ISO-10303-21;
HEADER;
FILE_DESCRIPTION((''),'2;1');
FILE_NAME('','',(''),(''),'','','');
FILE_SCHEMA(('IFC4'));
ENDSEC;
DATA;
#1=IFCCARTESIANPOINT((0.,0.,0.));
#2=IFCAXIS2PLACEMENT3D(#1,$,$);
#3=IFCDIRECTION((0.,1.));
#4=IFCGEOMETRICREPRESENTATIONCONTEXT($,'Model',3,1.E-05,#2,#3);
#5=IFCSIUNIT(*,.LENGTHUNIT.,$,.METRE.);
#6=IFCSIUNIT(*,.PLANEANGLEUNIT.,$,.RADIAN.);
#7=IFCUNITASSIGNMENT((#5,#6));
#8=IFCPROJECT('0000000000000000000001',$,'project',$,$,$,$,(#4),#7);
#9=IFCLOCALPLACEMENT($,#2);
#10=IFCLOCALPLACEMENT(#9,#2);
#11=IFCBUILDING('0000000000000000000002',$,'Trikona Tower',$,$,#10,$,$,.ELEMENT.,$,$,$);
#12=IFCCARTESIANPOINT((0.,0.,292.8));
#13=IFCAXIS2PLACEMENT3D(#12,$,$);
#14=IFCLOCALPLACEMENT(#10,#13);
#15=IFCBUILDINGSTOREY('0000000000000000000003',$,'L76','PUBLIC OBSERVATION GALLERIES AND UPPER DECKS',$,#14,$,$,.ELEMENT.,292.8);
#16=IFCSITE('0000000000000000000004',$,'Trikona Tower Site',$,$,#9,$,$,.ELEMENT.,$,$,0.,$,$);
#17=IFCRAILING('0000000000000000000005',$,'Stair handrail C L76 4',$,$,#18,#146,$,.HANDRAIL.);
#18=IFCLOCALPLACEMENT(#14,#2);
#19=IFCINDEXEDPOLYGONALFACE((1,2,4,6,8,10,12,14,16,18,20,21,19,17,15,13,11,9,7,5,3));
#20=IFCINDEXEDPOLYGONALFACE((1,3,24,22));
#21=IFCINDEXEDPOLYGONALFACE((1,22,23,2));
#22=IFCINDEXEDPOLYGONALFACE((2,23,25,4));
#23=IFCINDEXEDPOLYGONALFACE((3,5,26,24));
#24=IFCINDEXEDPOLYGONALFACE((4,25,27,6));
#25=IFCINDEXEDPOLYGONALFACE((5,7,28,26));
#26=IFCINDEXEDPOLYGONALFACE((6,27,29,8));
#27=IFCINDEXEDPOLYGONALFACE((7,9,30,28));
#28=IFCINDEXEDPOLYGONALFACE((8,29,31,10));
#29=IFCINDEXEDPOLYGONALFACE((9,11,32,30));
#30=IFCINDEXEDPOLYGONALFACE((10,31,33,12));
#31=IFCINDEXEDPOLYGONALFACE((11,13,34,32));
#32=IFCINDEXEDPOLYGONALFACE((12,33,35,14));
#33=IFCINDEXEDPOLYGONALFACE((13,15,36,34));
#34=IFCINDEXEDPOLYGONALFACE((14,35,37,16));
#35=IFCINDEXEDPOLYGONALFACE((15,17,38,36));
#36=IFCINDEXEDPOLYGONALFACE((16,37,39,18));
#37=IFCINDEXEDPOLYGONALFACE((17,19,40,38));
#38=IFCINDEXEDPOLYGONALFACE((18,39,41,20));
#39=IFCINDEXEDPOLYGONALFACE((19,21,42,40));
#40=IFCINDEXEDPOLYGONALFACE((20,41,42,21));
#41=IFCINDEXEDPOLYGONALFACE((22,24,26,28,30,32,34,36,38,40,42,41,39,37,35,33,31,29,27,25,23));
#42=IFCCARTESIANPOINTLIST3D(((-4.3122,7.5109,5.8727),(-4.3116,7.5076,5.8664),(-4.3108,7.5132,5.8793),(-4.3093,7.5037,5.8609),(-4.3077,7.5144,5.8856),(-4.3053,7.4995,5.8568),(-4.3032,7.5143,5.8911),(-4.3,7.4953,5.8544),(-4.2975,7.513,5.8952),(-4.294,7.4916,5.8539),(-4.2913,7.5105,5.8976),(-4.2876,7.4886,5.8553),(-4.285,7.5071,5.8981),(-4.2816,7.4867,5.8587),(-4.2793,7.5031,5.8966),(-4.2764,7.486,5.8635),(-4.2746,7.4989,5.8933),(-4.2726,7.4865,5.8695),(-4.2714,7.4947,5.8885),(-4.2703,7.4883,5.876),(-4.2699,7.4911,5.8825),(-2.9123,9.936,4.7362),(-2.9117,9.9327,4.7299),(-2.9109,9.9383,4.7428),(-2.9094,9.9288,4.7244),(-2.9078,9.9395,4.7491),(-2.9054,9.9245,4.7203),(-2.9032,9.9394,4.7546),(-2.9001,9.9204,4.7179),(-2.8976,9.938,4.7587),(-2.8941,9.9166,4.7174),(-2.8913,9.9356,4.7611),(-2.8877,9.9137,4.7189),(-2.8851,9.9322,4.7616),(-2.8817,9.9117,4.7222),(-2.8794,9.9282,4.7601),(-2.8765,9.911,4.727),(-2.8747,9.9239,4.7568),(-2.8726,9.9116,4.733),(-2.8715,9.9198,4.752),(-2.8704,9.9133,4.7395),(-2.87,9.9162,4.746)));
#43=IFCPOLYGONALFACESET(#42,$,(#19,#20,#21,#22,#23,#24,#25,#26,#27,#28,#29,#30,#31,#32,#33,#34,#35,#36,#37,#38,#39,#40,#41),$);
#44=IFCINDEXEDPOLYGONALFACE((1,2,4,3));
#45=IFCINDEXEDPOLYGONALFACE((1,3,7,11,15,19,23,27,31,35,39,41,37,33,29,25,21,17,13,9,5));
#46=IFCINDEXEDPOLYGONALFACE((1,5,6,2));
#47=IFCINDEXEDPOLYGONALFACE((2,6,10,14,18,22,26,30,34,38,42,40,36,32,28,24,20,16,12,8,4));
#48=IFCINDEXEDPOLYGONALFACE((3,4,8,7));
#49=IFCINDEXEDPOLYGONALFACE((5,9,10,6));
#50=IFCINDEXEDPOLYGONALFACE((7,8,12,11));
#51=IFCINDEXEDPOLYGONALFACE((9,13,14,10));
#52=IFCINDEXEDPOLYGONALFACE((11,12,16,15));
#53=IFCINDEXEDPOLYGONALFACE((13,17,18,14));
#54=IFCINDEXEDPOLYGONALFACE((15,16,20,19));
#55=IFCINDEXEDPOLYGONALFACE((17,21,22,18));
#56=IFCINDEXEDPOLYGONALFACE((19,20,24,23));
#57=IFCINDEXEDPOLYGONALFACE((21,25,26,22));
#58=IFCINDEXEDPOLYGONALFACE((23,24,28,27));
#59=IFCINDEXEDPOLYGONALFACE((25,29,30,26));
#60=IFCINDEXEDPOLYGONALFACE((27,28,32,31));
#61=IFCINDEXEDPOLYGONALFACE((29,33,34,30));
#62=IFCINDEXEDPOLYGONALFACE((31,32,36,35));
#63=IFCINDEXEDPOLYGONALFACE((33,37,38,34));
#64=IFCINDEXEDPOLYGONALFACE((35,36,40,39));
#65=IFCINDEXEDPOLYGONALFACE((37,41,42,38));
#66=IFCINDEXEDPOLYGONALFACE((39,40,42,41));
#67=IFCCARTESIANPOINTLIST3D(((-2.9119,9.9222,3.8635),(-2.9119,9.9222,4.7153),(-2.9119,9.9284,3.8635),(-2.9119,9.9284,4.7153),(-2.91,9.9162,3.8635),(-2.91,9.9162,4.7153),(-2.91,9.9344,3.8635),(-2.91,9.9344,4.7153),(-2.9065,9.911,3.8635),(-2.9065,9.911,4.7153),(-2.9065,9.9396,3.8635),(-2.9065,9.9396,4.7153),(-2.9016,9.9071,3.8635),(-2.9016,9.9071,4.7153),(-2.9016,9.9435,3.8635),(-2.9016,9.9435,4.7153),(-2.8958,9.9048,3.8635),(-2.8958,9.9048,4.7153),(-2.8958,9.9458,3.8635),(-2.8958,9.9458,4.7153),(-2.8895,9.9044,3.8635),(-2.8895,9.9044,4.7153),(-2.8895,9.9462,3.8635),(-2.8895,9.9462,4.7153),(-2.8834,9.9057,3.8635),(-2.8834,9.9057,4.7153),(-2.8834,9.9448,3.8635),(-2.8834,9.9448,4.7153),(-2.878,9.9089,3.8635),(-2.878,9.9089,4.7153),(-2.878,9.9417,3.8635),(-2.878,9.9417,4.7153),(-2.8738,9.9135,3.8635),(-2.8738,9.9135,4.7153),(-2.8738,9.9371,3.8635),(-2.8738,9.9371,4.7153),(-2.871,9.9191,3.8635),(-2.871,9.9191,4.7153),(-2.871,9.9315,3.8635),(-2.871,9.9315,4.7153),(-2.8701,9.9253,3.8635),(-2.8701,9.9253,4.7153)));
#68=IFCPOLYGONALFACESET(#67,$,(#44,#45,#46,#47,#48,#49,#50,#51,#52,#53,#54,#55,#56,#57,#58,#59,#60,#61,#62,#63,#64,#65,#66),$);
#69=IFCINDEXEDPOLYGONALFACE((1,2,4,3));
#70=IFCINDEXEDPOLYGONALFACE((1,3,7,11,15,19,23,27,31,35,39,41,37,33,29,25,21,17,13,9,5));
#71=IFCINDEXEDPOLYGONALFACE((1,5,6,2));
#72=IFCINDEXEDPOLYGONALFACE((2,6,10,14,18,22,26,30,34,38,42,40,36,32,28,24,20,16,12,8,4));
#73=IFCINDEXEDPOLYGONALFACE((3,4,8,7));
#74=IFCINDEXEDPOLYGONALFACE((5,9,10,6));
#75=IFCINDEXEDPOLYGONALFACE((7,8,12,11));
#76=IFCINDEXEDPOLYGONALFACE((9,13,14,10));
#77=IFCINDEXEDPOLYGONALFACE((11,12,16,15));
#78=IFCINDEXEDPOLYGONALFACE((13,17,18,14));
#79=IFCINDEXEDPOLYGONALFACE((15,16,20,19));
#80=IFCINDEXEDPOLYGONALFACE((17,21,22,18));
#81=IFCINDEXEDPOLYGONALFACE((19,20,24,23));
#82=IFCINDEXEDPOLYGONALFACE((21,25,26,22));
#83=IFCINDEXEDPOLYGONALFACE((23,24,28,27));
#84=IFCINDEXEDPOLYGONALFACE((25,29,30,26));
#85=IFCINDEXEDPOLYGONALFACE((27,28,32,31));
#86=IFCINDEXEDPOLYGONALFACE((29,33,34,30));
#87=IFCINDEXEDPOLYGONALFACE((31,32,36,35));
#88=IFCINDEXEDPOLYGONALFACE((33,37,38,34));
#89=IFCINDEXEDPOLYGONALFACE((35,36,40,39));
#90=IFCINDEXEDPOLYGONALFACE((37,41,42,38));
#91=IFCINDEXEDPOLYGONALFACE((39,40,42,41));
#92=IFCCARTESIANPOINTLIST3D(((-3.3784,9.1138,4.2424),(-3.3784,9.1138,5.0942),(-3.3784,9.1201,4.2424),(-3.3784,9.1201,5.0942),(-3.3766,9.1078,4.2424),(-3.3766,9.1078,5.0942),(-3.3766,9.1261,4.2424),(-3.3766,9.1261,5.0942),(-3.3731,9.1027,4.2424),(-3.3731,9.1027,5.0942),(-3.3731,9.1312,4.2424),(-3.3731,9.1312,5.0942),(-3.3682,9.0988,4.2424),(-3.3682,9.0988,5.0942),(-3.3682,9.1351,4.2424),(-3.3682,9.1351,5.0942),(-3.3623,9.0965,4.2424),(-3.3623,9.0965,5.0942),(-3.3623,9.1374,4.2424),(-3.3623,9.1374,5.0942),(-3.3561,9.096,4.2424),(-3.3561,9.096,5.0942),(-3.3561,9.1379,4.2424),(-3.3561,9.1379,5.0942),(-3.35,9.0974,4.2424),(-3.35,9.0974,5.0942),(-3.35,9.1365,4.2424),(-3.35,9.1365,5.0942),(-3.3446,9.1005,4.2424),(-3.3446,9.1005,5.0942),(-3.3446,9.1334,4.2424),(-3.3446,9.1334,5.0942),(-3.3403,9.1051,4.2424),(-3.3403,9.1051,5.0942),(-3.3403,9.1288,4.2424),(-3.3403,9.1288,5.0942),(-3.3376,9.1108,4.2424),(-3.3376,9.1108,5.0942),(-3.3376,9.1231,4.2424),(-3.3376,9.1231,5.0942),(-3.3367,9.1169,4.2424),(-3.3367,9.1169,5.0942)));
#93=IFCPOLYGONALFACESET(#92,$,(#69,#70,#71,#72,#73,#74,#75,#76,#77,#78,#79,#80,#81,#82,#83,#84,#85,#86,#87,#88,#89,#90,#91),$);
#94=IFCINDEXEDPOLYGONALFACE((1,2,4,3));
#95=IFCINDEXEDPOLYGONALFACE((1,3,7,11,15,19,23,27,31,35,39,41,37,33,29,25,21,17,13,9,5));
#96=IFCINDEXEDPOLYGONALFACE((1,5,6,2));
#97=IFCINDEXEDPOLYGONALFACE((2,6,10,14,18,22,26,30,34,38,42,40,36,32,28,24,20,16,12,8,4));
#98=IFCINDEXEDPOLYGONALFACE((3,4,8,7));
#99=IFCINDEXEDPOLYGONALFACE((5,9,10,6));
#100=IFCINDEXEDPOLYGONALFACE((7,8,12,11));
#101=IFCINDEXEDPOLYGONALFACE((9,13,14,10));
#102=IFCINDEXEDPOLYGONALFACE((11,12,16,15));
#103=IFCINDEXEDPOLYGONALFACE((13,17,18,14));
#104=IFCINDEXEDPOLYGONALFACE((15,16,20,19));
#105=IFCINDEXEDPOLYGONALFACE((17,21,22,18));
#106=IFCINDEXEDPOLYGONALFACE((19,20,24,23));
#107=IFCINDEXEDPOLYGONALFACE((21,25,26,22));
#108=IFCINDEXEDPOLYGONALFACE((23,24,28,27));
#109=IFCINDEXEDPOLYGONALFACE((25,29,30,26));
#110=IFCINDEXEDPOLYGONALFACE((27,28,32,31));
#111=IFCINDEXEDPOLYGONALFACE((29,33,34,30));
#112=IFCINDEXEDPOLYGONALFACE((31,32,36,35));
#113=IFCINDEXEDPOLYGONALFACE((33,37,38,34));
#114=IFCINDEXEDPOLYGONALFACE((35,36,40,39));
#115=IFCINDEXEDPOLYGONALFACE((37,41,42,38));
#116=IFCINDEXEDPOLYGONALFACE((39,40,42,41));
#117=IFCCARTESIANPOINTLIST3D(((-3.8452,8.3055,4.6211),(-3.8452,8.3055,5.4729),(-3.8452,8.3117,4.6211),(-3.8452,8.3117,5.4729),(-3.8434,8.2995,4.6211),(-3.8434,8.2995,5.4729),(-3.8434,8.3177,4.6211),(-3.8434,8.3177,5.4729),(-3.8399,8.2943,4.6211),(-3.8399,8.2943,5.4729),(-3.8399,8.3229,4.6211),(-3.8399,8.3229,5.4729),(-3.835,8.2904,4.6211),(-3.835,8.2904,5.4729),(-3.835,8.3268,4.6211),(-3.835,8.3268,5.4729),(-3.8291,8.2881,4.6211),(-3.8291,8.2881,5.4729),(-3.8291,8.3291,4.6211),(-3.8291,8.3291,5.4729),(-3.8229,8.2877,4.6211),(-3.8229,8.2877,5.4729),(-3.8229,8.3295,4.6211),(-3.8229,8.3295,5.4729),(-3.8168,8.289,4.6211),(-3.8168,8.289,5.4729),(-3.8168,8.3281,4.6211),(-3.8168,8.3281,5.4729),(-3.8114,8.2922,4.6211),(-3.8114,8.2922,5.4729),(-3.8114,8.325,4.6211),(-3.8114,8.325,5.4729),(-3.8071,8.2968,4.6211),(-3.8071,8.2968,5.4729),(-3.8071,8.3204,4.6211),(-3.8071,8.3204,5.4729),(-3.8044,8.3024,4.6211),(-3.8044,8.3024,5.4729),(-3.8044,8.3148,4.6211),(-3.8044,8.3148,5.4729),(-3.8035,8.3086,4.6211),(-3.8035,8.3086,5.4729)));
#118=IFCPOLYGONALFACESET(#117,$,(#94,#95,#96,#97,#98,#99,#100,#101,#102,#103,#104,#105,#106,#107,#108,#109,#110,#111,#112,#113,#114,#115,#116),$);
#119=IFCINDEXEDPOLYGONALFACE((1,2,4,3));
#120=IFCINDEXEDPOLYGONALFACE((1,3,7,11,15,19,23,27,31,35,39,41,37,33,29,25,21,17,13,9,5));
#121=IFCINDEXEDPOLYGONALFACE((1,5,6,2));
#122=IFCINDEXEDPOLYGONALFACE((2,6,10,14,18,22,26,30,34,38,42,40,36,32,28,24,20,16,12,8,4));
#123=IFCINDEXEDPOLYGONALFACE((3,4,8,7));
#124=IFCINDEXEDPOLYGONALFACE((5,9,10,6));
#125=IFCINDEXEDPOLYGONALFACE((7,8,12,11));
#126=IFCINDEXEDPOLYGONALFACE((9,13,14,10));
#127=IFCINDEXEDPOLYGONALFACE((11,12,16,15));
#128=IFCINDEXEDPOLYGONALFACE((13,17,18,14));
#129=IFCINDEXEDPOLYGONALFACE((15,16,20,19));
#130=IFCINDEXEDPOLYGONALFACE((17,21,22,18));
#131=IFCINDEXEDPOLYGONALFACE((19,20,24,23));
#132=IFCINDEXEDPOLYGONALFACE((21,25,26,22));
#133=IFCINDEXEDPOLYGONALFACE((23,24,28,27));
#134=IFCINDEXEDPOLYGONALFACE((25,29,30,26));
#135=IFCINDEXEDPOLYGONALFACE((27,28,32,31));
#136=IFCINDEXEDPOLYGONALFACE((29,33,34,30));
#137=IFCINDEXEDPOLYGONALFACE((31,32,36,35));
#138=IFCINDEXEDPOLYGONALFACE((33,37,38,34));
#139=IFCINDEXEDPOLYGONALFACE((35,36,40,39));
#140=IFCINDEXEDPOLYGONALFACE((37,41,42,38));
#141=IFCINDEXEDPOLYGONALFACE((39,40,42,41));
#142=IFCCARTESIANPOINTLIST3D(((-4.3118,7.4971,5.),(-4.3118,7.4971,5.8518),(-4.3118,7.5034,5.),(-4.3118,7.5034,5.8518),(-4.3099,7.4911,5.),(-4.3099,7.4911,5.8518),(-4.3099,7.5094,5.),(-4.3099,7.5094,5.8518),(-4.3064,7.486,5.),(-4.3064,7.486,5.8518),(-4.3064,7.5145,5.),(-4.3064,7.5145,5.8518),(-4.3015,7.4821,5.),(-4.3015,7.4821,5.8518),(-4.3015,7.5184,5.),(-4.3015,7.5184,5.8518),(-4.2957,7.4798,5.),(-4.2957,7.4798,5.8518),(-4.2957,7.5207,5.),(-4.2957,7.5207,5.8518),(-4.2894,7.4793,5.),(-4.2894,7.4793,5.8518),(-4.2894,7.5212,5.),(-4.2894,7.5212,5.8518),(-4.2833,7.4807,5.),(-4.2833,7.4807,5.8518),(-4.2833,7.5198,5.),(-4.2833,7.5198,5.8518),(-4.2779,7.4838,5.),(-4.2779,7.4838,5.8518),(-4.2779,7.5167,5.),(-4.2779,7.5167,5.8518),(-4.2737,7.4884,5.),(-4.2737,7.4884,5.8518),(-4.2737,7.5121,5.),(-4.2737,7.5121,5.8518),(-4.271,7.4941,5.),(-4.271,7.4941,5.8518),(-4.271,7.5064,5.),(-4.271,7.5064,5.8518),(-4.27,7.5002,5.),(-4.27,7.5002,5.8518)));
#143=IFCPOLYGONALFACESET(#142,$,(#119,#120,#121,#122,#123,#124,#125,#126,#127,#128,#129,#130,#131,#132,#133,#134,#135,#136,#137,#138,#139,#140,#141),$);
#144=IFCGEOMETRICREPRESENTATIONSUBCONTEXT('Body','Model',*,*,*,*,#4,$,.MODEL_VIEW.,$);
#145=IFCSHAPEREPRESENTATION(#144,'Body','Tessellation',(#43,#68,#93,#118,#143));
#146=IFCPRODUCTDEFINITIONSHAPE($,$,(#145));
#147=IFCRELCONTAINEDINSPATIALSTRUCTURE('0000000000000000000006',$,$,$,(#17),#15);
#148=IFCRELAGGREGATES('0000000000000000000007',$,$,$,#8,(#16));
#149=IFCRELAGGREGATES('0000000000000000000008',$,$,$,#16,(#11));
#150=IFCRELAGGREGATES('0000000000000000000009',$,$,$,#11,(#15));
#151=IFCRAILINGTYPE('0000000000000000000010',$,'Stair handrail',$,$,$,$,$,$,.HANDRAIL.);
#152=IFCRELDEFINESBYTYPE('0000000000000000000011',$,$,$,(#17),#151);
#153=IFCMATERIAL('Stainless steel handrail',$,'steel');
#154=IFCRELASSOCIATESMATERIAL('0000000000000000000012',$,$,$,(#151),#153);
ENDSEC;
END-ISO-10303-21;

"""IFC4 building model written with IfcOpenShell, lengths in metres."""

from ifc_helpers import new_model, si_unit, direction, frame, origin, origin_2d, place, context, subcontext, project, spatial, circle, extrude, material, type_object, element, save


model = new_model("IFC4")

# Units and contexts
model_context = context("Model", 3, precision=1e-05, world=origin(), true_north=direction((0.0, 1.0)))
body_context = subcontext(model_context, "Body", "Model", "MODEL_VIEW")
ifc_project = project(units=[si_unit("LENGTHUNIT", "METRE"), si_unit("PLANEANGLEUNIT", "RADIAN")], contexts=[model_context])

# Site, building, storey
site_placement = place(None, origin())
site = spatial("IfcSite", under=ifc_project, at=site_placement, Name="Trikona Tower Site", CompositionType="ELEMENT", RefElevation=0.0)
building_placement = place(site_placement, origin())
building = spatial("IfcBuilding", under=site, at=building_placement, Name="Trikona Tower", CompositionType="ELEMENT")
storey_placement = place(building_placement, frame((0.0, 0.0, 292.8)))
storey = spatial("IfcBuildingStorey", under=building, at=storey_placement, Name="L76", Description="PUBLIC OBSERVATION GALLERIES AND UPPER DECKS", CompositionType="ELEMENT", Elevation=292.8)

# Railing
ifc_material_1 = material(Name="Stainless steel handrail", Category="steel")
railing_type = type_object("IfcRailingType", Name="Stair handrail", PredefinedType="HANDRAIL", material=ifc_material_1)
railing_1_placement = place(storey_placement, frame((-2.8911, 9.9253, 3.8635)))
element("IfcRailing", 1, at=railing_1_placement, inside=storey, type_object=railing_type, Name="Stair handrail C L76 4", PredefinedType="HANDRAIL", context=body_context, shape_type="SweptSolid", body=[
    extrude(circle(Radius=0.0239, at=origin_2d()), frame((0.0, 0.0, 0.876), z_axis=(-0.463245, -0.802479, 0.376074), x_axis=(0.866056, -0.499946, 0.0)), (0.0, 0.0, 1.0), 3.022),
    extrude(circle(Radius=0.021, at=origin_2d()), origin(), (0.0, 0.0, 1.0), 0.8518),
    extrude(circle(Radius=0.021, at=origin_2d()), frame((-0.4666, -0.8083, 0.3789)), (0.0, 0.0, 1.0), 0.8518),
    extrude(circle(Radius=0.021, at=origin_2d()), frame((-0.9333, -1.6167, 0.7576)), (0.0, 0.0, 1.0), 0.8518),
    extrude(circle(Radius=0.021, at=origin_2d()), frame((-1.3999, -2.425, 1.1365)), (0.0, 0.0, 1.0), 0.8518),
])

save(model, "model.ifc")
